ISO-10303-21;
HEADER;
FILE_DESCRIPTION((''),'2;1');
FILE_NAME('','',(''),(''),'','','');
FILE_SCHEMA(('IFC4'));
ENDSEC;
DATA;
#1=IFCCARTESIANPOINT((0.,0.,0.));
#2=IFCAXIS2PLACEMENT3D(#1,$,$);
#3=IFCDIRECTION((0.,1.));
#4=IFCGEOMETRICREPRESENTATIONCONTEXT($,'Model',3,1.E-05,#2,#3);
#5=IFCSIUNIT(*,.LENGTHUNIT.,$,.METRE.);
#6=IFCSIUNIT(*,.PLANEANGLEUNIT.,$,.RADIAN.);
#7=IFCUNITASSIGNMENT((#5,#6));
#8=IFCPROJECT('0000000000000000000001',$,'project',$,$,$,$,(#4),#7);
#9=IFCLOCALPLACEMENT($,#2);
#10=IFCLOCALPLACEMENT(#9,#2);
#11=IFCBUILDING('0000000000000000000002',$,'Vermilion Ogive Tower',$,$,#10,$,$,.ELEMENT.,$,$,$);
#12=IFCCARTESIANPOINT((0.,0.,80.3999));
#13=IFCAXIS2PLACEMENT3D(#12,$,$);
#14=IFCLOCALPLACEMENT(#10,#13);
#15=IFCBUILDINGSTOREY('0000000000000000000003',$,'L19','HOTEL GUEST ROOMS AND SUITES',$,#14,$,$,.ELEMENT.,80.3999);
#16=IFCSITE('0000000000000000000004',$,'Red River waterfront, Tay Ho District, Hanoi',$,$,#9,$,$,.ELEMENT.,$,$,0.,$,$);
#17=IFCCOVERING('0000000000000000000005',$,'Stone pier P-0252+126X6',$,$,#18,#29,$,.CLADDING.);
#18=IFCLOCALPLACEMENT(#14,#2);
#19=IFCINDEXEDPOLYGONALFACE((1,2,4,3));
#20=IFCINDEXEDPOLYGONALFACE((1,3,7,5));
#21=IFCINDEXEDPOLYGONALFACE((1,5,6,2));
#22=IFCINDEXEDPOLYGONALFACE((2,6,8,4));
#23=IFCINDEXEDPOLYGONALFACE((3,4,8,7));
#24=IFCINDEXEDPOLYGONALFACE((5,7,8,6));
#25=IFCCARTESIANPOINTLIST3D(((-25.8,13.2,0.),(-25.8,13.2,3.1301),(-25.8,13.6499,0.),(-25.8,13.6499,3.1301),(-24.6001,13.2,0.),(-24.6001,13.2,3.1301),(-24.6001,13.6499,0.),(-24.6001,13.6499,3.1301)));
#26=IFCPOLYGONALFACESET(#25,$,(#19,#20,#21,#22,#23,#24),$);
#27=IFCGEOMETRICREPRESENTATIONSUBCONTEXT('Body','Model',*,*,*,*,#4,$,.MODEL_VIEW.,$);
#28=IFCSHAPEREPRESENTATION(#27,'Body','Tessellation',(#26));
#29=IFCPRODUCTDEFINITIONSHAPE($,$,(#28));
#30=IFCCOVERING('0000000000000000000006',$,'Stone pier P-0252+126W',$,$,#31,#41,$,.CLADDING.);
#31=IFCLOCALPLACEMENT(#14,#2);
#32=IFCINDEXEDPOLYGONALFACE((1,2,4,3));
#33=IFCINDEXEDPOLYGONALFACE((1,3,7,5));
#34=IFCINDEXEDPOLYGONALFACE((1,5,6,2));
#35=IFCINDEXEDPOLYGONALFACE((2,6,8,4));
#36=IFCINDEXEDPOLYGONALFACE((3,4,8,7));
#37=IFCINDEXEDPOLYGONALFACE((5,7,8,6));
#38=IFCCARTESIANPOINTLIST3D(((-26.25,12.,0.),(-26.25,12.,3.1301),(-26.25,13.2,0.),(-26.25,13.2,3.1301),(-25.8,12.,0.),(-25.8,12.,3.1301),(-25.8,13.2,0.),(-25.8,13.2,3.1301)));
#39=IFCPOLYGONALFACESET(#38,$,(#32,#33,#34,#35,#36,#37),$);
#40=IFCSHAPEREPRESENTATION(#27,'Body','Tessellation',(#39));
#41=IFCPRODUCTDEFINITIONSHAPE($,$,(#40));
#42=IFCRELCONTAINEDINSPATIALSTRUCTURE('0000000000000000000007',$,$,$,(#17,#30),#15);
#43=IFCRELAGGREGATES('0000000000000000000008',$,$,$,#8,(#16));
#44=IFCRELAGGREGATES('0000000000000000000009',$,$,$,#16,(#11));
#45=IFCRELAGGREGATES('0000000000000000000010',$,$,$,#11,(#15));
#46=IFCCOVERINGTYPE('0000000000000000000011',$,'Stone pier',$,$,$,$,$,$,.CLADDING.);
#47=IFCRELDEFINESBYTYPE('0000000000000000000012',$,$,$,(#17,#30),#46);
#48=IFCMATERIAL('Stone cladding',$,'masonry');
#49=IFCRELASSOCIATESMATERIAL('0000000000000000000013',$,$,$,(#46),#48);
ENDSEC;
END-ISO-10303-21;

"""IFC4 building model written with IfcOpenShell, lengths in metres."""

from ifc_helpers import new_model, si_unit, direction, frame, origin, place, context, subcontext, project, spatial, polyline, outline, extrude, material, type_object, element, save


model = new_model("IFC4")

# Units and contexts
model_context = context("Model", 3, precision=1e-05, world=origin(), true_north=direction((0.0, 1.0)))
body_context = subcontext(model_context, "Body", "Model", "MODEL_VIEW")
ifc_project = project(units=[si_unit("LENGTHUNIT", "METRE"), si_unit("PLANEANGLEUNIT", "RADIAN")], contexts=[model_context])

# Site, building, storey
site_placement = place(None, origin())
site = spatial("IfcSite", under=ifc_project, at=site_placement, Name="Red River waterfront, Tay Ho District, Hanoi", CompositionType="ELEMENT", RefElevation=0.0)
building_placement = place(site_placement, origin())
building = spatial("IfcBuilding", under=site, at=building_placement, Name="Vermilion Ogive Tower", CompositionType="ELEMENT")
storey_placement = place(building_placement, frame((0.0, 0.0, 80.3999)))
storey = spatial("IfcBuildingStorey", under=building, at=storey_placement, Name="L19", Description="HOTEL GUEST ROOMS AND SUITES", CompositionType="ELEMENT", Elevation=80.3999)

# Coverings
ifc_material_1 = material(Name="Stone cladding", Category="masonry")
covering_type_1 = type_object("IfcCoveringType", Name="Stone pier", PredefinedType="CLADDING", material=ifc_material_1)
covering_1_placement = place(storey_placement, origin())
element("IfcCovering", 1, at=covering_1_placement, inside=storey, type_object=covering_type_1, Name="Stone pier P-0252+126X6", PredefinedType="CLADDING", context=body_context, shape_type="SweptSolid", body=[
    extrude(outline(polyline([(-25.8, 13.2), (-25.8, 13.6499), (-24.6001, 13.6499), (-24.6001, 13.2), (-24.6001, 13.2), (-25.8, 13.2)])), origin(), (0.0, 0.0, 1.0), 3.1301),
])
covering_2_placement = place(storey_placement, origin())
element("IfcCovering", 2, at=covering_2_placement, inside=storey, type_object=covering_type_1, Name="Stone pier P-0252+126W", PredefinedType="CLADDING", context=body_context, shape_type="SweptSolid", body=[
    extrude(outline(polyline([(-26.25, 13.2), (-25.8, 13.2), (-25.8, 12.0), (-26.25, 12.0), (-26.25, 13.2)])), origin(), (0.0, 0.0, 1.0), 3.1301),
])

save(model, "model.ifc")
